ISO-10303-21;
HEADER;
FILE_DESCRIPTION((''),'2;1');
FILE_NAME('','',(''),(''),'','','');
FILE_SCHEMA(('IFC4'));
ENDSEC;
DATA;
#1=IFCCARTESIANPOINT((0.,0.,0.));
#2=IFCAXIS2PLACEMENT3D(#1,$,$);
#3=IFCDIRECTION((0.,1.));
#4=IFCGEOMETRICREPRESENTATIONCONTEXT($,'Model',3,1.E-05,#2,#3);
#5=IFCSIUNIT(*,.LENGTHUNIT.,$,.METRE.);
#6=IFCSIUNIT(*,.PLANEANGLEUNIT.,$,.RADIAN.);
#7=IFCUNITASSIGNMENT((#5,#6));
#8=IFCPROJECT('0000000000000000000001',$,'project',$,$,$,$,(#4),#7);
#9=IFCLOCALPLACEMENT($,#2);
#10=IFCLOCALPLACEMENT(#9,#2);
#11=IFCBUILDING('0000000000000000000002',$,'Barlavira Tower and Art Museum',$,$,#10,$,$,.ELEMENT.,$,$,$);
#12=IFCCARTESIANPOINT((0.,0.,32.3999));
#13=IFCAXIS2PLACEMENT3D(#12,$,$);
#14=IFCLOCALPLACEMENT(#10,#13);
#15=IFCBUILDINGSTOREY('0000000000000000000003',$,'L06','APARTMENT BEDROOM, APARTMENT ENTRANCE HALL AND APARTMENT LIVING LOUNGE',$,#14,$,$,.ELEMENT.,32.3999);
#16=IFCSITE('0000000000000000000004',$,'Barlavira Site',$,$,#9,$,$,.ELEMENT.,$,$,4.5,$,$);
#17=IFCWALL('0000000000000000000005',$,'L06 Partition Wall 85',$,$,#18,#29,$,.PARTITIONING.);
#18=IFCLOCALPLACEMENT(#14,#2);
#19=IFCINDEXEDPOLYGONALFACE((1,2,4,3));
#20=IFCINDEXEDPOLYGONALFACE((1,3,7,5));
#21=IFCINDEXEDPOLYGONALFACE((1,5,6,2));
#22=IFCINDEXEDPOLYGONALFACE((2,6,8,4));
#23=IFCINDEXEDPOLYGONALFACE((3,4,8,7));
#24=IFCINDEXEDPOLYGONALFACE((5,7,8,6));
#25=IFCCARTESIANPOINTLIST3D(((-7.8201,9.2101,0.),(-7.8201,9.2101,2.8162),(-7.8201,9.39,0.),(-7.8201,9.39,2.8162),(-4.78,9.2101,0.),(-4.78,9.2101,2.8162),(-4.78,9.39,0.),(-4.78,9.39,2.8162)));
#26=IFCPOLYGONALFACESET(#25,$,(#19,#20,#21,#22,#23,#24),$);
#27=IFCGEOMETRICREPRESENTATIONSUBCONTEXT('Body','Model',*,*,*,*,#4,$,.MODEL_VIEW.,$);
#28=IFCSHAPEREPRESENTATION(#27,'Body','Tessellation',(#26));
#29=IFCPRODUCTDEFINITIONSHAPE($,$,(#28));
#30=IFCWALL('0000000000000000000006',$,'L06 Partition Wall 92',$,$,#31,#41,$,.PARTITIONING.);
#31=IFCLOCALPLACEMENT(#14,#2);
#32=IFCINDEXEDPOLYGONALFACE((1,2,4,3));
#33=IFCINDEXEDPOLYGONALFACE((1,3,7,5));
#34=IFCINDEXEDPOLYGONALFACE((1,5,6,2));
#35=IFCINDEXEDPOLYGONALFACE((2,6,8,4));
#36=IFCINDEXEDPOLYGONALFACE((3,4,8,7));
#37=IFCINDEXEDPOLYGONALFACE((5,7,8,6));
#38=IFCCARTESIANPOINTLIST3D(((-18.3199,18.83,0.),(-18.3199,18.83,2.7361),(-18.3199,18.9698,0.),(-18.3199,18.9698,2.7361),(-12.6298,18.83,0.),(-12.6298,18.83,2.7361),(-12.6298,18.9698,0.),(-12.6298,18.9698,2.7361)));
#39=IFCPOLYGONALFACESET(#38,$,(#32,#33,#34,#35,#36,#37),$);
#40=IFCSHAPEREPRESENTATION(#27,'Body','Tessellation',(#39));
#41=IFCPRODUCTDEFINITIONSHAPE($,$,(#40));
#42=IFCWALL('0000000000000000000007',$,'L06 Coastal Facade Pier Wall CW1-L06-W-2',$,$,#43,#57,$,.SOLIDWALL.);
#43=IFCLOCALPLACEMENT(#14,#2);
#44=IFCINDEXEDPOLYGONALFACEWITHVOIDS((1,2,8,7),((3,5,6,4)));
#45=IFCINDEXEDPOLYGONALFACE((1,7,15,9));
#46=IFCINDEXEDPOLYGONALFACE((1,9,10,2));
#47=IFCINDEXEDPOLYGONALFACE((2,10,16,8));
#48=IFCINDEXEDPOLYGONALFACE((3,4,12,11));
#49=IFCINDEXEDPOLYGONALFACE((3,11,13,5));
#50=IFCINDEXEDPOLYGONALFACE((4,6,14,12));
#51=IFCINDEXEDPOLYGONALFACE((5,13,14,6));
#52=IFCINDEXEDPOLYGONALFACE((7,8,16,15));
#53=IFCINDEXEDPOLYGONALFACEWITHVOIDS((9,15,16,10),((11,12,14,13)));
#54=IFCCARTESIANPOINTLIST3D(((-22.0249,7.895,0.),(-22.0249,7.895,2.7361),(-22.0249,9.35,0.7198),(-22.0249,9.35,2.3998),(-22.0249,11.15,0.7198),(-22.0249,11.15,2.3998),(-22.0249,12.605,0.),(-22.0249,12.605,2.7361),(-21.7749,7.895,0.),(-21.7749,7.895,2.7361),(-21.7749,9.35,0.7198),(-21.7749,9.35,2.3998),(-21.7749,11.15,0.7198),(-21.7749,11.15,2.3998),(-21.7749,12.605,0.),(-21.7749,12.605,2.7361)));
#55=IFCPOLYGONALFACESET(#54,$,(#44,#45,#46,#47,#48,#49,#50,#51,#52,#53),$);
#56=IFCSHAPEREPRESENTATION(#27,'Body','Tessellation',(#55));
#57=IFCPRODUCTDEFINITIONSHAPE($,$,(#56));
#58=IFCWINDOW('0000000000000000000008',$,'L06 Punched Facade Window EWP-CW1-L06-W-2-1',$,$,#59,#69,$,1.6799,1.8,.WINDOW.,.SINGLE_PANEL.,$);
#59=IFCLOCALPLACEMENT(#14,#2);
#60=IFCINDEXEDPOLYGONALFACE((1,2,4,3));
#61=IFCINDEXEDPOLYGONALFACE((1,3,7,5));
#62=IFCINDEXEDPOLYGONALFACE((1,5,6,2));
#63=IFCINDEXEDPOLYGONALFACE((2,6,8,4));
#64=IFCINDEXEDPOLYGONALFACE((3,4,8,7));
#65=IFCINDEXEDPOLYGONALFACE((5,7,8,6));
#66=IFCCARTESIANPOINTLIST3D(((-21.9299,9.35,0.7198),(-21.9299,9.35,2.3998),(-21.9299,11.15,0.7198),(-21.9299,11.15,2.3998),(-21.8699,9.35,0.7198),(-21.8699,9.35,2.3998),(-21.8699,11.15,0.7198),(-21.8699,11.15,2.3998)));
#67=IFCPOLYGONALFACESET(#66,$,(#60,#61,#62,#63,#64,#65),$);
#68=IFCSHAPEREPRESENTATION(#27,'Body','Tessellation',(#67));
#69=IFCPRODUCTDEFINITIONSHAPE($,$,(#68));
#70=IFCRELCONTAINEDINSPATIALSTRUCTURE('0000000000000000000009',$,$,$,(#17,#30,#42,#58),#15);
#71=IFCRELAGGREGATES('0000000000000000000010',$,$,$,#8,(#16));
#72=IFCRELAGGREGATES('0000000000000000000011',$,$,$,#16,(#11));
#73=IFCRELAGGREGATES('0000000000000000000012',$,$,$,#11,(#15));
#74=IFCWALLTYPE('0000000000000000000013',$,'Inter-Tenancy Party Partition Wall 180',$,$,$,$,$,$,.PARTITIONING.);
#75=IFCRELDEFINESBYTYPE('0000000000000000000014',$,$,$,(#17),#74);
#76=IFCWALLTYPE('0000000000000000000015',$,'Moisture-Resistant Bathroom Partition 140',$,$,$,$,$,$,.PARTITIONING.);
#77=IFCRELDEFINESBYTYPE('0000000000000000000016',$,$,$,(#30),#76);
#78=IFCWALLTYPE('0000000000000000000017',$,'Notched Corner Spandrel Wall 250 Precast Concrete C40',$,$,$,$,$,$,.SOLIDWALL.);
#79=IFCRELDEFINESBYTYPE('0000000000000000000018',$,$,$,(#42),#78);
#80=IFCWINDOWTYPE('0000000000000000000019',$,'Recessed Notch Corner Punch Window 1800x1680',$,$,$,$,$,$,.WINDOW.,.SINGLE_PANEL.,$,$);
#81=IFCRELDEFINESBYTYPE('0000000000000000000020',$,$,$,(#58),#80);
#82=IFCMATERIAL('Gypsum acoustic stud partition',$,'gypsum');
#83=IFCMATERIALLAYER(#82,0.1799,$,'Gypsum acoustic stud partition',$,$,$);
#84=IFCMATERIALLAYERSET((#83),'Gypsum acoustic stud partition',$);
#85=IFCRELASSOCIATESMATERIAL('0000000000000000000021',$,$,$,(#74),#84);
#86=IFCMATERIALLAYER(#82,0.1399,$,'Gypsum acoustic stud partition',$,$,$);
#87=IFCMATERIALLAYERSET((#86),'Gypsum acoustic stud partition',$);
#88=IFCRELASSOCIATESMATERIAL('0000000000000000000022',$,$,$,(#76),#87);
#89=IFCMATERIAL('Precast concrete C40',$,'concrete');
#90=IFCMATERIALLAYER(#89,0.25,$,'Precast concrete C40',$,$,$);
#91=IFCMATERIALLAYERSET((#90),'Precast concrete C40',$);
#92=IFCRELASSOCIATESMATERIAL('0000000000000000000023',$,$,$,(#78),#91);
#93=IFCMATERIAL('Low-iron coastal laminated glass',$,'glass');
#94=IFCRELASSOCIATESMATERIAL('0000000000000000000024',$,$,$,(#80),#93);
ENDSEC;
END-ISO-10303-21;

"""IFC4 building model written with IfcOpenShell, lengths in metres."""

from ifc_helpers import new_model, si_unit, direction, frame, frame_2d, origin, place, context, subcontext, project, spatial, rectangle, extrude, material, layer, layer_set, type_object, element, fill, save


model = new_model("IFC4")

# Units and contexts
model_context = context("Model", 3, precision=1e-05, world=origin(), true_north=direction((0.0, 1.0)))
body_context = subcontext(model_context, "Body", "Model", "MODEL_VIEW")
ifc_project = project(units=[si_unit("LENGTHUNIT", "METRE"), si_unit("PLANEANGLEUNIT", "RADIAN")], contexts=[model_context])

# Site, building, storey
site_placement = place(None, origin())
site = spatial("IfcSite", under=ifc_project, at=site_placement, Name="Barlavira Site", CompositionType="ELEMENT", RefElevation=4.5)
building_placement = place(site_placement, origin())
building = spatial("IfcBuilding", under=site, at=building_placement, Name="Barlavira Tower and Art Museum", CompositionType="ELEMENT")
storey_placement = place(building_placement, frame((0.0, 0.0, 32.3999)))
storey = spatial("IfcBuildingStorey", under=building, at=storey_placement, Name="L06", Description="APARTMENT BEDROOM, APARTMENT ENTRANCE HALL AND APARTMENT LIVING LOUNGE", CompositionType="ELEMENT", Elevation=32.3999)

# Shared definitions
ifc_material_1 = material(Name="Gypsum acoustic stud partition", Category="gypsum")

# Walls
ifc_layer_1 = layer(ifc_material_1, 0.1799, Name="Gypsum acoustic stud partition")
ifc_layer_set_1 = layer_set([ifc_layer_1], Name="Gypsum acoustic stud partition")
wall_type_1 = type_object("IfcWallType", Name="Inter-Tenancy Party Partition Wall 180", PredefinedType="PARTITIONING", material=ifc_layer_set_1)
wall_1_placement = place(storey_placement, frame((-7.8201, 9.3, 0.0), z_axis=(0.0, 0.0, 1.0), x_axis=(1.0, 0.0, 0.0)))
element("IfcWall", 1, at=wall_1_placement, inside=storey, type_object=wall_type_1, Name="L06 Partition Wall 85", PredefinedType="PARTITIONING", context=body_context, shape_type="SweptSolid", body=[
    extrude(rectangle(XDim=3.04, YDim=0.1799, at=frame_2d((1.52, 0.0))), origin(), (0.0, 0.0, 1.0), 2.8162),
])
ifc_layer_2 = layer(ifc_material_1, 0.1399, Name="Gypsum acoustic stud partition")
ifc_layer_set_2 = layer_set([ifc_layer_2], Name="Gypsum acoustic stud partition")
wall_type_2 = type_object("IfcWallType", Name="Moisture-Resistant Bathroom Partition 140", PredefinedType="PARTITIONING", material=ifc_layer_set_2)
wall_2_placement = place(storey_placement, frame((-18.3201, 18.8999, 0.0), z_axis=(0.0, 0.0, 1.0), x_axis=(1.0, 0.0, 0.0)))
element("IfcWall", 2, at=wall_2_placement, inside=storey, type_object=wall_type_2, Name="L06 Partition Wall 92", PredefinedType="PARTITIONING", context=body_context, shape_type="SweptSolid", body=[
    extrude(rectangle(XDim=5.6902, YDim=0.1399, at=frame_2d((2.8452, 0.0))), origin(), (0.0, 0.0, 1.0), 2.7361),
])

# Wall, opening, window
ifc_material_2 = material(Name="Precast concrete C40", Category="concrete")
ifc_layer_3 = layer(ifc_material_2, 0.25, Name="Precast concrete C40")
ifc_layer_set_3 = layer_set([ifc_layer_3], Name="Precast concrete C40")
wall_type_3 = type_object("IfcWallType", Name="Notched Corner Spandrel Wall 250 Precast Concrete C40", PredefinedType="SOLIDWALL", material=ifc_layer_set_3)
wall_3_placement = place(storey_placement, frame((-21.8999, 12.605, 0.0), z_axis=(0.0, 0.0, 1.0), x_axis=(0.0, -1.0, 0.0)))
wall_3 = element("IfcWall", 3, at=wall_3_placement, inside=storey, type_object=wall_type_3, Name="L06 Coastal Facade Pier Wall CW1-L06-W-2", PredefinedType="SOLIDWALL", context=body_context, shape_type="SweptSolid", body=[
    extrude(rectangle(XDim=4.71, YDim=0.25, at=frame_2d((2.355, 0.0))), origin(), (0.0, 0.0, 1.0), 2.7361),
])
opening_1_placement = place(wall_3_placement, frame((1.4551, 0.0, 0.72)))
opening_1 = element("IfcOpeningElement", 4, at=opening_1_placement, cuts=wall_3, PredefinedType="OPENING", context=body_context, shape_type="SweptSolid", body=[
    extrude(rectangle(XDim=1.8, YDim=1.6799, at=frame_2d((0.8999, 0.8398))), frame((0.0, 0.135, 0.0), z_axis=(0.0, -1.0, 0.0), x_axis=(1.0, 0.0, 0.0)), (0.0, 0.0, 1.0), 0.27),
])
ifc_material_3 = material(Name="Low-iron coastal laminated glass", Category="glass")
window_type = type_object("IfcWindowType", Name="Recessed Notch Corner Punch Window 1800x1680", PartitioningType="SINGLE_PANEL", PredefinedType="WINDOW", material=ifc_material_3)
window_placement = place(opening_1_placement, origin())
window = element("IfcWindow", 5, at=window_placement, inside=storey, type_object=window_type, Name="L06 Punched Facade Window EWP-CW1-L06-W-2-1", OverallHeight=1.6799, OverallWidth=1.8, PartitioningType="SINGLE_PANEL", PredefinedType="WINDOW", context=body_context, shape_type="SweptSolid", body=[
    extrude(rectangle(XDim=1.8, YDim=1.6799, at=frame_2d((0.8999, 0.8398))), frame((0.0, 0.03, 0.0), z_axis=(0.0, -1.0, 0.0), x_axis=(1.0, 0.0, 0.0)), (0.0, 0.0, 1.0), 0.0601),
])
fill(opening_1, window)

save(model, "model.ifc")
